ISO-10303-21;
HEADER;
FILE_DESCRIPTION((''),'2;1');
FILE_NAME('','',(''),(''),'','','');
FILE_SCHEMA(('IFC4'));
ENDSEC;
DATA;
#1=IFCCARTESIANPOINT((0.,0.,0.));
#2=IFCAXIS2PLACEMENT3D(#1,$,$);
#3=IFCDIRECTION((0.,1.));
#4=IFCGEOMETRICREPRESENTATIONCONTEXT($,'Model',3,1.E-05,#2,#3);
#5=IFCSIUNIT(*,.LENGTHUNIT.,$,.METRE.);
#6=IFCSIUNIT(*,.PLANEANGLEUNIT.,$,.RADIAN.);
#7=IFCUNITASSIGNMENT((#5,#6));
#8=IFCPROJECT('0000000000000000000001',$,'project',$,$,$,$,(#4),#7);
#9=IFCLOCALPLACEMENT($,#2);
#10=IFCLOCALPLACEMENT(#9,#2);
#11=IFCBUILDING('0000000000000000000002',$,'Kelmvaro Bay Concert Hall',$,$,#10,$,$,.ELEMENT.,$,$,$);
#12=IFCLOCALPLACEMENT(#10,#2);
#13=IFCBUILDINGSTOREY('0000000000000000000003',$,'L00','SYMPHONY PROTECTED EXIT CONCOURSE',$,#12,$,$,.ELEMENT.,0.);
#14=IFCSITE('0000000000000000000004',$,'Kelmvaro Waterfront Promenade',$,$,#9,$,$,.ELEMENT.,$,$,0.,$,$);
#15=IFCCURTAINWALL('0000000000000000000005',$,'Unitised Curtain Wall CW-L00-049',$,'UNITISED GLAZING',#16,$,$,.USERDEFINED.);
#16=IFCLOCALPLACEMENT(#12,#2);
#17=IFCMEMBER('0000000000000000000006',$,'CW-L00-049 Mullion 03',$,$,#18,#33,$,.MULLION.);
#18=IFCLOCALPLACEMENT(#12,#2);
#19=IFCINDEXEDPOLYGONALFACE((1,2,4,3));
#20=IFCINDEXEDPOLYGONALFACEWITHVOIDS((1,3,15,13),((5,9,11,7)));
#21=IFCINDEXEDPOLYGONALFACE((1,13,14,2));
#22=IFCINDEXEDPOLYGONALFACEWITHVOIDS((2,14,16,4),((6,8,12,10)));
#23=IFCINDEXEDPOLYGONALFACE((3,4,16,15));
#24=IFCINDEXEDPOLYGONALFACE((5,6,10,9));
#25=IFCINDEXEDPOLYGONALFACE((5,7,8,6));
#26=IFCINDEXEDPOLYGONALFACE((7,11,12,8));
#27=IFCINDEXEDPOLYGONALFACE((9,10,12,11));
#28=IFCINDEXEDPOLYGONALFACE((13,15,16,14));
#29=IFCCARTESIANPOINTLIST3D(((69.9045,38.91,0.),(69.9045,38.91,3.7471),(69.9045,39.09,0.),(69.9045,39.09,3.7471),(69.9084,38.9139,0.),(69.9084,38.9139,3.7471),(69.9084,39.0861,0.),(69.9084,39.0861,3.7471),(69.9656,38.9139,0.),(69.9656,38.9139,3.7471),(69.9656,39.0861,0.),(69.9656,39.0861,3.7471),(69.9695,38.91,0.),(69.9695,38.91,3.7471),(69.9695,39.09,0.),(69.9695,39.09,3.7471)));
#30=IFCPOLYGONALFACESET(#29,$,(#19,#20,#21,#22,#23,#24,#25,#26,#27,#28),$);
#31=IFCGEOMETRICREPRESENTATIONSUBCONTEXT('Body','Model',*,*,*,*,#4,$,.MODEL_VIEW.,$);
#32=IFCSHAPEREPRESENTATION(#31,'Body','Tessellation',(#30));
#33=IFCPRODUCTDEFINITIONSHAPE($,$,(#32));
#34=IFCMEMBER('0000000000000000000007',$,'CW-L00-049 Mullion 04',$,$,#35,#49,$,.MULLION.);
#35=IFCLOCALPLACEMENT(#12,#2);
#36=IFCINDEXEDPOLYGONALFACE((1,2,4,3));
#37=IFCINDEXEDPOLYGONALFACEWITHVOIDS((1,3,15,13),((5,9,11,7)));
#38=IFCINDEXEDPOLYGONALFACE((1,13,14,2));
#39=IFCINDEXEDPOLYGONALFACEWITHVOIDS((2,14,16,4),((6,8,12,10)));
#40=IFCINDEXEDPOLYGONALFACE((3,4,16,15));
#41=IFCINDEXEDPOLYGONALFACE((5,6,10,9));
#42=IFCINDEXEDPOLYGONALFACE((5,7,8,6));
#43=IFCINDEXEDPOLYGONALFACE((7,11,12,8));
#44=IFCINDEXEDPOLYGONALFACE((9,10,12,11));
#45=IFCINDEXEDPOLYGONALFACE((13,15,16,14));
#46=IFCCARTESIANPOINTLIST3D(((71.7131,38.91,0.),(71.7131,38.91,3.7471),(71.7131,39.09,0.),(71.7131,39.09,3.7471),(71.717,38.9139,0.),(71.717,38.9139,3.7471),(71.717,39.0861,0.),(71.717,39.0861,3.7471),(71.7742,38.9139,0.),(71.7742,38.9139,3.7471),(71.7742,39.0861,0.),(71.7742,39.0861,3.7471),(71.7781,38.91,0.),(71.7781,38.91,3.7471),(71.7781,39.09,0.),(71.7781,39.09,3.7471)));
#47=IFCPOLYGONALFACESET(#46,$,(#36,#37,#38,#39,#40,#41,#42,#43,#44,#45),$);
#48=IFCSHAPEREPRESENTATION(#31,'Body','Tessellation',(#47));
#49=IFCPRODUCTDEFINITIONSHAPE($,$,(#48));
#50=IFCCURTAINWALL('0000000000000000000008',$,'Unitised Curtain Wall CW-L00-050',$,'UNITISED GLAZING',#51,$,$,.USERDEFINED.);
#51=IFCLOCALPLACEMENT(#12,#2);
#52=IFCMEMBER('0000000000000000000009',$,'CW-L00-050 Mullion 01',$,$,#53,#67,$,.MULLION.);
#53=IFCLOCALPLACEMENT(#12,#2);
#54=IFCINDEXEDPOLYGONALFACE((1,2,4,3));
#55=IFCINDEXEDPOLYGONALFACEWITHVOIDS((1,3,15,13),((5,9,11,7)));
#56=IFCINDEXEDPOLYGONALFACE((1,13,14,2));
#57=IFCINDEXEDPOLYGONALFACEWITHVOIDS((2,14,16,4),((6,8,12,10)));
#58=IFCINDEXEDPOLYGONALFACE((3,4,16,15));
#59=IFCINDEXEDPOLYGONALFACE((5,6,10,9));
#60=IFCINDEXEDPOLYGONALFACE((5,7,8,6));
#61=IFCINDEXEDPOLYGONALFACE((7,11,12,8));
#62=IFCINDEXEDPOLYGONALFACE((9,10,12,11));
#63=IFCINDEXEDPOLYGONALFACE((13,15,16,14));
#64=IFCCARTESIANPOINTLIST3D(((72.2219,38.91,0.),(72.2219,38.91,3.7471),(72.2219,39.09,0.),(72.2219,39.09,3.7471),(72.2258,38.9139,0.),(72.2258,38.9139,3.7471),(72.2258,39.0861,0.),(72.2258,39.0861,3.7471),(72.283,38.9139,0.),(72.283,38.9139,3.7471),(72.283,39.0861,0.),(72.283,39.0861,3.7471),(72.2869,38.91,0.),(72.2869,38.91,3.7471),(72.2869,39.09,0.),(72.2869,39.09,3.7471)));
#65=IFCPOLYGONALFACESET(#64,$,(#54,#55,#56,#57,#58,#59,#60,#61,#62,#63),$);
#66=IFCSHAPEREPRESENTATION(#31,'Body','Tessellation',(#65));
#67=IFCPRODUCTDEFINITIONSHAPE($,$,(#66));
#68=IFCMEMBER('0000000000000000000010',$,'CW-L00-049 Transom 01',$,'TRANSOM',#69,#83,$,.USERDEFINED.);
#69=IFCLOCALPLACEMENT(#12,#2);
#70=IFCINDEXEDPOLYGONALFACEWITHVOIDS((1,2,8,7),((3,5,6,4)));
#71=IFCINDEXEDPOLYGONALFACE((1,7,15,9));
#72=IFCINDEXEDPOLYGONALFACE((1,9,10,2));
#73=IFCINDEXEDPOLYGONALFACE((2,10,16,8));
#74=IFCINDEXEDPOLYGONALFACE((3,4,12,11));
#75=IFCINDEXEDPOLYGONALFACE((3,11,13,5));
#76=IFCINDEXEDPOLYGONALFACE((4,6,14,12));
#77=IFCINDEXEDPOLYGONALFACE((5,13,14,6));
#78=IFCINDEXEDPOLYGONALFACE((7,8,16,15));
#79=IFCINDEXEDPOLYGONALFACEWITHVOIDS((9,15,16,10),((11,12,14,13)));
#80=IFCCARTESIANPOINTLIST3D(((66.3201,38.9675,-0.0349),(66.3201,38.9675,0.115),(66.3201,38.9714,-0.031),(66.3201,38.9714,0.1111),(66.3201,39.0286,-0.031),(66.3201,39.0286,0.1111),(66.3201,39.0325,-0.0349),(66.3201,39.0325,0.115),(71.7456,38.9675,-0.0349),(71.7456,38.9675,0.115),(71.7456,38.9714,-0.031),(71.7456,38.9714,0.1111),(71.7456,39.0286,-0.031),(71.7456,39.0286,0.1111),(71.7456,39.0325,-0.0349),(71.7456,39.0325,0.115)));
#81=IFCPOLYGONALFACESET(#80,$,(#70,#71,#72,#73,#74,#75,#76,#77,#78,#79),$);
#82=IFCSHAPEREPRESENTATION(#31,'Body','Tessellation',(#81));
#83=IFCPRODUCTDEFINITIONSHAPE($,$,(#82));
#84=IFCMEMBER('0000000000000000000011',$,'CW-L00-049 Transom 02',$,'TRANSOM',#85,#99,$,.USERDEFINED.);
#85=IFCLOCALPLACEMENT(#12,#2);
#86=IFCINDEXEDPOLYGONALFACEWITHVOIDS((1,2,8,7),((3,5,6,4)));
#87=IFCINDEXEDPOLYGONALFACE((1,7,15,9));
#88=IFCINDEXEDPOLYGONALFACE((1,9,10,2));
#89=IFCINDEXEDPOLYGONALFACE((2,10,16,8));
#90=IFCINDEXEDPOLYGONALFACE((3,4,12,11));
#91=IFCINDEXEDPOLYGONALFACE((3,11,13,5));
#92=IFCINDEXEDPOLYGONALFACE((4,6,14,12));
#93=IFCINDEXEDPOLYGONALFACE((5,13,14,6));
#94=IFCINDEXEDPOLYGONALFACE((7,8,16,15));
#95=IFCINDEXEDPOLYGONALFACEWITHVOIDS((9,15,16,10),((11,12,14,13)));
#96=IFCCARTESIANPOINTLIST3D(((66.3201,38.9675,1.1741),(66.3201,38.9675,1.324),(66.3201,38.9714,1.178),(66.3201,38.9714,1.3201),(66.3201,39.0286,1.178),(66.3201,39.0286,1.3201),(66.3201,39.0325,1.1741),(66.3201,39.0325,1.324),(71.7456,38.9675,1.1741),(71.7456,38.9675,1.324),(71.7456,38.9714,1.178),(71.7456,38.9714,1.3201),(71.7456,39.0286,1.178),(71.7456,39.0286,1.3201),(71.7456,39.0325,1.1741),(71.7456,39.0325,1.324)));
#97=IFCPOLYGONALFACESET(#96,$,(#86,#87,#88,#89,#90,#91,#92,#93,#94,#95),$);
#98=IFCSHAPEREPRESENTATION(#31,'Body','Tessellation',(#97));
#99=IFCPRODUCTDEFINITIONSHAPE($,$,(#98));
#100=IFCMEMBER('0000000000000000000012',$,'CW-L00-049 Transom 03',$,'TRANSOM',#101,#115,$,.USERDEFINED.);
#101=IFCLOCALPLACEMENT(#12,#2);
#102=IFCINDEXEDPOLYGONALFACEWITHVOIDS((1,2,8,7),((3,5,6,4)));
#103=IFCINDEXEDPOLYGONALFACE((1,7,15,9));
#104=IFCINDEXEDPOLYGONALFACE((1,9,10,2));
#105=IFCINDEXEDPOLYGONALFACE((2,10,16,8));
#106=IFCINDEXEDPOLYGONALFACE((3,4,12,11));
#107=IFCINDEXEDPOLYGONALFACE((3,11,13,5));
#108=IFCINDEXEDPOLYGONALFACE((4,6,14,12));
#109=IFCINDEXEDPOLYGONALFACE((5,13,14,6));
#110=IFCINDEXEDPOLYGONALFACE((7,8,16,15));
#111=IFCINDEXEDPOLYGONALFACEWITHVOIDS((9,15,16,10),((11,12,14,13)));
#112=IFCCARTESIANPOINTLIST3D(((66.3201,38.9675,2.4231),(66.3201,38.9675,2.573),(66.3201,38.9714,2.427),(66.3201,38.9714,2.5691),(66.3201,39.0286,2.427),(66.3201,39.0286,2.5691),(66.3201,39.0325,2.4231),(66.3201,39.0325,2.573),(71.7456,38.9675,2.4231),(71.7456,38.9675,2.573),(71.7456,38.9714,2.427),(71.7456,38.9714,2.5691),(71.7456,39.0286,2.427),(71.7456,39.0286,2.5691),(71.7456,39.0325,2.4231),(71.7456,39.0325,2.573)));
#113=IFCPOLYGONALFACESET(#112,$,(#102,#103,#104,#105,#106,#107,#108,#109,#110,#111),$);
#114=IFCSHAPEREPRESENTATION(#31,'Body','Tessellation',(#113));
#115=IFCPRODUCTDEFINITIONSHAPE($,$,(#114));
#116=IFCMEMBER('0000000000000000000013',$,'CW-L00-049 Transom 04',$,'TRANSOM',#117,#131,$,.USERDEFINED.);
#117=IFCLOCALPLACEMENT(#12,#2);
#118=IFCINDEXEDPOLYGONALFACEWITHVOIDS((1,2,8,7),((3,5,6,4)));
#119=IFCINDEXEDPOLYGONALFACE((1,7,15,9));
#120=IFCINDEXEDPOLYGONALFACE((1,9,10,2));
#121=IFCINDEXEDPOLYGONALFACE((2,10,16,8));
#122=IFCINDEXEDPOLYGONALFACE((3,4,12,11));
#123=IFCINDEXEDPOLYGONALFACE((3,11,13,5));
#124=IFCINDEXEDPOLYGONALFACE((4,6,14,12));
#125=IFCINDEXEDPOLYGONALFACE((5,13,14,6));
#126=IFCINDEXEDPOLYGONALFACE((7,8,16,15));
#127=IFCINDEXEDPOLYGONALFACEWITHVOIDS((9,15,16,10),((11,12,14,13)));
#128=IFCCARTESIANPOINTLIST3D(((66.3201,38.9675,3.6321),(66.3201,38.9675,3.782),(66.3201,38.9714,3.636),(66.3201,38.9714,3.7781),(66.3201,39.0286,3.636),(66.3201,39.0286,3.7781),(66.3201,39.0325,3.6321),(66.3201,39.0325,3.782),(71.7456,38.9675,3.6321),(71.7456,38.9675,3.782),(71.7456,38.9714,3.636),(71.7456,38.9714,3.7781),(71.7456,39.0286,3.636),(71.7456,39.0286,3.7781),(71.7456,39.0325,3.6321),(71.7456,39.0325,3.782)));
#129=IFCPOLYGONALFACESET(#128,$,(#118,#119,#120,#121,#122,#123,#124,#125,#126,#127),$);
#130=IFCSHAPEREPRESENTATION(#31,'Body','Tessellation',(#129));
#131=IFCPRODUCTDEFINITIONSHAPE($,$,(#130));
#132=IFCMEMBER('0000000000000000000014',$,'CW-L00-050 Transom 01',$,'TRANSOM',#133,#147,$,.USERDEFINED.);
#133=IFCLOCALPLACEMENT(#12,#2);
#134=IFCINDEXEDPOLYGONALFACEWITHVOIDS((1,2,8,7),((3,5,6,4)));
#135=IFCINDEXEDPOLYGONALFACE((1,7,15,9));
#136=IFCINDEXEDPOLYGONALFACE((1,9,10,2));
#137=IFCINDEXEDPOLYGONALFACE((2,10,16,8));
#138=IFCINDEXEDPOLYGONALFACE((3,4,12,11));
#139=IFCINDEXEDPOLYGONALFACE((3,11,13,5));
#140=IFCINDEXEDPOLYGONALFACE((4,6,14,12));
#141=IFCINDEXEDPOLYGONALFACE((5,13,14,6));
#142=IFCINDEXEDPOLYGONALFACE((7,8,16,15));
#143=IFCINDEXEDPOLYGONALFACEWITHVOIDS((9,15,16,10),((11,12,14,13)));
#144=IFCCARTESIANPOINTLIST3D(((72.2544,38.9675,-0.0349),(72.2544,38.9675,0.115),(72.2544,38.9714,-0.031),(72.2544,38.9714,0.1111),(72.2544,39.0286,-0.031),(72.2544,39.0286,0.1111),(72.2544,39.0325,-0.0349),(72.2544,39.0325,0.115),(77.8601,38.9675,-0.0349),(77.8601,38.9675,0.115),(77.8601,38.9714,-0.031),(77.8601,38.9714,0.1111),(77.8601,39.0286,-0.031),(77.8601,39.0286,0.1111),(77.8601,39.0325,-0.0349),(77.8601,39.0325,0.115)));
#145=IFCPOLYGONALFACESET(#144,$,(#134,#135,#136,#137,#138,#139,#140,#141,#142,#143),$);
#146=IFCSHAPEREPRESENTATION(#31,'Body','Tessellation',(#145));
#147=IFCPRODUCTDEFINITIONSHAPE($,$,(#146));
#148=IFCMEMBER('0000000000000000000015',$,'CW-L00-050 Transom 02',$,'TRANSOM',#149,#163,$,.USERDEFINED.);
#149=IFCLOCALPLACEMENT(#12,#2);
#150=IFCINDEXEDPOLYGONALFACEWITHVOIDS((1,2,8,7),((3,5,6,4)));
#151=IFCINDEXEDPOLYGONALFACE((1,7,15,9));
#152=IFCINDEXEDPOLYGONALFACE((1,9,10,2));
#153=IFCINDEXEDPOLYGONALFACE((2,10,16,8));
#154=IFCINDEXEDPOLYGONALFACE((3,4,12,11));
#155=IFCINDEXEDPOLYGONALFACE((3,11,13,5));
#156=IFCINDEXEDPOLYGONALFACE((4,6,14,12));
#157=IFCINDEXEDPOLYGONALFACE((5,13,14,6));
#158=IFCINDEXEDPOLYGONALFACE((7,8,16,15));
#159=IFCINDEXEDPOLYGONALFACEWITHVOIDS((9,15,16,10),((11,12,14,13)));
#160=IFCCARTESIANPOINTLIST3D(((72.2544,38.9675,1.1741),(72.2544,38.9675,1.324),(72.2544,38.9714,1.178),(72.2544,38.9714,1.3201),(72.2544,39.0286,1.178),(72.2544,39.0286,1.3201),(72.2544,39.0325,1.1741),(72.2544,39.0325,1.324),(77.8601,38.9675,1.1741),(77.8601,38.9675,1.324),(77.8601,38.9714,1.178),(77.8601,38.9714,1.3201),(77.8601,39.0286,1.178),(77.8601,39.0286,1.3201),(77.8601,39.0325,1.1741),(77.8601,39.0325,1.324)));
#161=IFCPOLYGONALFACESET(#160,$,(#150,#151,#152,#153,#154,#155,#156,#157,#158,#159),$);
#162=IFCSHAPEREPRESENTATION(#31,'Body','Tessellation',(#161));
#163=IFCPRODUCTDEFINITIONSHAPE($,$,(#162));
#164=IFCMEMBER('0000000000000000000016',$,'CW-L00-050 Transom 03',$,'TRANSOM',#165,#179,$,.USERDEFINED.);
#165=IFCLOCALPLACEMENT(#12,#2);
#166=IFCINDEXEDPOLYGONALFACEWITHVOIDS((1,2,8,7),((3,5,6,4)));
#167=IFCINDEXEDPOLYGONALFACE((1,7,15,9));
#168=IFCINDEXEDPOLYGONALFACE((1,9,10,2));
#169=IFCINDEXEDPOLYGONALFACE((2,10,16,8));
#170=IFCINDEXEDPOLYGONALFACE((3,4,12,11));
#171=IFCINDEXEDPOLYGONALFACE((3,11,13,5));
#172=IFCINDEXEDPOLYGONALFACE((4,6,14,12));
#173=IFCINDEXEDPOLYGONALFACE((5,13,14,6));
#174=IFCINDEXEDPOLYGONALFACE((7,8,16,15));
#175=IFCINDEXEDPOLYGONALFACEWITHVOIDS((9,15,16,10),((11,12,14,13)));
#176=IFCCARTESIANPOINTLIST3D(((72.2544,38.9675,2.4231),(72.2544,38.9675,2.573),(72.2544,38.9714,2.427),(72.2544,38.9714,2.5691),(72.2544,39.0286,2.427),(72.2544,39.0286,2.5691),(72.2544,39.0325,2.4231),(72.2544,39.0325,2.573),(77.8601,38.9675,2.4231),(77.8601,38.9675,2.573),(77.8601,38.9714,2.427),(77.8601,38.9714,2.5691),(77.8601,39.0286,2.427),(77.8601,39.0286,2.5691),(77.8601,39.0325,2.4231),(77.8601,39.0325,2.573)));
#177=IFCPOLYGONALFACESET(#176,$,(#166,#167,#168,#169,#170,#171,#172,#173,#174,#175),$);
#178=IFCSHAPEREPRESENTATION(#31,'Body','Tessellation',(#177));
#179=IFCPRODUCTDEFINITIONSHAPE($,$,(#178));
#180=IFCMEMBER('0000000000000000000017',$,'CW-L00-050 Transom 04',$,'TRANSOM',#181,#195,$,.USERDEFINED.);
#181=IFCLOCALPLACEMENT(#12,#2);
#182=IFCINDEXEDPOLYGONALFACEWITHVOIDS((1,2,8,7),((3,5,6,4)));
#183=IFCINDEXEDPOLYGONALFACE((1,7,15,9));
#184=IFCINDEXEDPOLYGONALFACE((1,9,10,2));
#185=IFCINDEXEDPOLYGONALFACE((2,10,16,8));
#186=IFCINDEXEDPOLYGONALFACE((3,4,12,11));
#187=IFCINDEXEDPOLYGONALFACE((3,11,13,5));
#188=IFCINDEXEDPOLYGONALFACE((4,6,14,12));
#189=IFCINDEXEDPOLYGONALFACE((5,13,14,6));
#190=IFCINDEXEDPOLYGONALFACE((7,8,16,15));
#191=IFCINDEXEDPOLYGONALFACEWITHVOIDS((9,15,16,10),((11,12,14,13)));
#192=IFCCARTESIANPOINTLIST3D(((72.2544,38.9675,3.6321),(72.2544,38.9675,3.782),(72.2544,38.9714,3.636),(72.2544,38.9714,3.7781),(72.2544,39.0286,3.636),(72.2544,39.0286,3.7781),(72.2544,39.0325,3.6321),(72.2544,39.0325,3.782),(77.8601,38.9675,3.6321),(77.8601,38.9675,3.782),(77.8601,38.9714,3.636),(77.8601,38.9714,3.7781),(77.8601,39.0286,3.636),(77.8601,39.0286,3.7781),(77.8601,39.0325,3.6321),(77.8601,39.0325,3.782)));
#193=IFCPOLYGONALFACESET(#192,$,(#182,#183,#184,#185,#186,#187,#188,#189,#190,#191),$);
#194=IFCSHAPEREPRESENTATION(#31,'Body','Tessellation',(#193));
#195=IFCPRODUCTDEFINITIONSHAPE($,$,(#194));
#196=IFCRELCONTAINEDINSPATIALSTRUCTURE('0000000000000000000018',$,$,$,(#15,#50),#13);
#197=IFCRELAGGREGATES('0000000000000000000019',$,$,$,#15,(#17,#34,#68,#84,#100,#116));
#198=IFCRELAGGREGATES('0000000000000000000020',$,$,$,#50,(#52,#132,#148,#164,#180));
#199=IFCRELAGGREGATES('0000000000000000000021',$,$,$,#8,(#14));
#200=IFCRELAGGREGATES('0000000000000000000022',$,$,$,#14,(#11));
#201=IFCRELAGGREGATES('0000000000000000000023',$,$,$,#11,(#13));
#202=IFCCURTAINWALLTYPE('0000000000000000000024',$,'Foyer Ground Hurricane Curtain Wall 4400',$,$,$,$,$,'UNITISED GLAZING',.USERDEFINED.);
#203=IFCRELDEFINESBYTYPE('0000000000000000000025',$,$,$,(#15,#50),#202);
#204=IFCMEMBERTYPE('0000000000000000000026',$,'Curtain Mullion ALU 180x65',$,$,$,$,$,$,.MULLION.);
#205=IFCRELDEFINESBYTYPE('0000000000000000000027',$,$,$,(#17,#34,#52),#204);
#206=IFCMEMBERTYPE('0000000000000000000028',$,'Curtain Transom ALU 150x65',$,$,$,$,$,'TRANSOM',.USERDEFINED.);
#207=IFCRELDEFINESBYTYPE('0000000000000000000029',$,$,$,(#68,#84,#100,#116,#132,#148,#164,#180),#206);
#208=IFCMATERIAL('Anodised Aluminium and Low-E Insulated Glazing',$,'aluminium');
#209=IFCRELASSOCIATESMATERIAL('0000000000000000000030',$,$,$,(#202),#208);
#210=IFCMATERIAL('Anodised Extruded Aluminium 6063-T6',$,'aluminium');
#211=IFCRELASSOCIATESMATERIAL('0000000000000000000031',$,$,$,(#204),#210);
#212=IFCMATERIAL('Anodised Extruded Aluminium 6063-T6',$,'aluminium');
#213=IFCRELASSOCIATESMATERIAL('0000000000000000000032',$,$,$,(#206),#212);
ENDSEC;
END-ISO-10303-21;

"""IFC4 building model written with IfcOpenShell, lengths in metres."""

from ifc_helpers import new_model, si_unit, direction, frame, origin, origin_2d, place, context, subcontext, project, spatial, hollow_rectangle, extrude, material, material_profile, profile_set, type_object, element, aggregate, save


model = new_model("IFC4")

# Units and contexts
model_context = context("Model", 3, precision=1e-05, world=origin(), true_north=direction((0.0, 1.0)))
body_context = subcontext(model_context, "Body", "Model", "MODEL_VIEW")
ifc_project = project(units=[si_unit("LENGTHUNIT", "METRE"), si_unit("PLANEANGLEUNIT", "RADIAN")], contexts=[model_context])

# Site, building, storey
site_placement = place(None, origin())
site = spatial("IfcSite", under=ifc_project, at=site_placement, Name="Kelmvaro Waterfront Promenade", CompositionType="ELEMENT", RefElevation=0.0)
building_placement = place(site_placement, origin())
building = spatial("IfcBuilding", under=site, at=building_placement, Name="Kelmvaro Bay Concert Hall", CompositionType="ELEMENT")
storey_placement = place(building_placement, origin())
storey = spatial("IfcBuildingStorey", under=building, at=storey_placement, Name="L00", Description="SYMPHONY PROTECTED EXIT CONCOURSE", CompositionType="ELEMENT", Elevation=0.0)

# Curtain wall, members
ifc_material_1 = material(Name="Anodised Aluminium and Low-E Insulated Glazing", Category="aluminium")
curtain_wall_type = type_object("IfcCurtainWallType", Name="Foyer Ground Hurricane Curtain Wall 4400", ElementType="UNITISED GLAZING", PredefinedType="USERDEFINED", material=ifc_material_1)
curtain_wall_1_placement = place(storey_placement, origin())
curtain_wall_1 = element("IfcCurtainWall", 1, at=curtain_wall_1_placement, inside=storey, type_object=curtain_wall_type, Name="Unitised Curtain Wall CW-L00-049", ObjectType="UNITISED GLAZING", PredefinedType="USERDEFINED")
ifc_material_2 = material(Name="Anodised Extruded Aluminium 6063-T6", Category="aluminium")
ifc_material_profile_1 = material_profile(ifc_material_2, hollow_rectangle(XDim=0.0649, YDim=0.1799, WallThickness=0.0039, at=origin_2d()), Name="ALU-MUL-180X65")
ifc_profile_set_1 = profile_set([ifc_material_profile_1], Name="Anodised Extruded Aluminium 6063-T6")
member_type_1 = type_object("IfcMemberType", Name="Curtain Mullion ALU 180x65", PredefinedType="MULLION", material=ifc_profile_set_1)
member_1_placement = place(storey_placement, frame((69.937, 39.0, 0.0), z_axis=(0.0, 0.0, 1.0), x_axis=(1.0, 0.0, 0.0)))
member_1 = element("IfcMember", 2, at=member_1_placement, type_object=member_type_1, Name="CW-L00-049 Mullion 03", PredefinedType="MULLION", context=body_context, shape_type="SweptSolid", body=[
    extrude(hollow_rectangle(XDim=0.0649, YDim=0.1799, WallThickness=0.0039, at=origin_2d()), origin(), (0.0, 0.0, 1.0), 3.7471),
])
member_2_placement = place(storey_placement, frame((71.7456, 39.0, 0.0), z_axis=(0.0, 0.0, 1.0), x_axis=(1.0, 0.0, 0.0)))
member_2 = element("IfcMember", 3, at=member_2_placement, type_object=member_type_1, Name="CW-L00-049 Mullion 04", PredefinedType="MULLION", context=body_context, shape_type="SweptSolid", body=[
    extrude(hollow_rectangle(XDim=0.0649, YDim=0.1799, WallThickness=0.0039, at=origin_2d()), origin(), (0.0, 0.0, 1.0), 3.7471),
])

# Curtain wall, member
curtain_wall_2_placement = place(storey_placement, origin())
curtain_wall_2 = element("IfcCurtainWall", 4, at=curtain_wall_2_placement, inside=storey, type_object=curtain_wall_type, Name="Unitised Curtain Wall CW-L00-050", ObjectType="UNITISED GLAZING", PredefinedType="USERDEFINED")
member_3_placement = place(storey_placement, frame((72.2544, 39.0, 0.0), z_axis=(0.0, 0.0, 1.0), x_axis=(1.0, 0.0, 0.0)))
member_3 = element("IfcMember", 5, at=member_3_placement, type_object=member_type_1, Name="CW-L00-050 Mullion 01", PredefinedType="MULLION", context=body_context, shape_type="SweptSolid", body=[
    extrude(hollow_rectangle(XDim=0.0649, YDim=0.1799, WallThickness=0.0039, at=origin_2d()), origin(), (0.0, 0.0, 1.0), 3.7471),
])

# Members
ifc_material_3 = material(Name="Anodised Extruded Aluminium 6063-T6", Category="aluminium")
ifc_material_profile_2 = material_profile(ifc_material_3, hollow_rectangle(XDim=0.0649, YDim=0.1499, WallThickness=0.0039, at=origin_2d()), Name="ALU-TRN-150X65")
ifc_profile_set_2 = profile_set([ifc_material_profile_2], Name="Anodised Extruded Aluminium 6063-T6")
member_type_2 = type_object("IfcMemberType", Name="Curtain Transom ALU 150x65", ElementType="TRANSOM", PredefinedType="USERDEFINED", material=ifc_profile_set_2)
member_4_placement = place(storey_placement, frame((66.3201, 39.0, 0.04), z_axis=(1.0, 0.0, 0.0), x_axis=(0.0, 1.0, 0.0)))
member_4 = element("IfcMember", 6, at=member_4_placement, type_object=member_type_2, Name="CW-L00-049 Transom 01", ObjectType="TRANSOM", PredefinedType="USERDEFINED", context=body_context, shape_type="SweptSolid", body=[
    extrude(hollow_rectangle(XDim=0.0649, YDim=0.1499, WallThickness=0.0039, at=origin_2d()), origin(), (0.0, 0.0, 1.0), 5.4255),
])
member_5_placement = place(storey_placement, frame((66.3201, 39.0, 1.249), z_axis=(1.0, 0.0, 0.0), x_axis=(0.0, 1.0, 0.0)))
member_5 = element("IfcMember", 7, at=member_5_placement, type_object=member_type_2, Name="CW-L00-049 Transom 02", ObjectType="TRANSOM", PredefinedType="USERDEFINED", context=body_context, shape_type="SweptSolid", body=[
    extrude(hollow_rectangle(XDim=0.0649, YDim=0.1499, WallThickness=0.0039, at=origin_2d()), origin(), (0.0, 0.0, 1.0), 5.4255),
])
member_6_placement = place(storey_placement, frame((66.3201, 39.0, 2.498), z_axis=(1.0, 0.0, 0.0), x_axis=(0.0, 1.0, 0.0)))
member_6 = element("IfcMember", 8, at=member_6_placement, type_object=member_type_2, Name="CW-L00-049 Transom 03", ObjectType="TRANSOM", PredefinedType="USERDEFINED", context=body_context, shape_type="SweptSolid", body=[
    extrude(hollow_rectangle(XDim=0.0649, YDim=0.1499, WallThickness=0.0039, at=origin_2d()), origin(), (0.0, 0.0, 1.0), 5.4255),
])
member_7_placement = place(storey_placement, frame((66.3201, 39.0, 3.707), z_axis=(1.0, 0.0, 0.0), x_axis=(0.0, 1.0, 0.0)))
member_7 = element("IfcMember", 9, at=member_7_placement, type_object=member_type_2, Name="CW-L00-049 Transom 04", ObjectType="TRANSOM", PredefinedType="USERDEFINED", context=body_context, shape_type="SweptSolid", body=[
    extrude(hollow_rectangle(XDim=0.0649, YDim=0.1499, WallThickness=0.0039, at=origin_2d()), origin(), (0.0, 0.0, 1.0), 5.4255),
])
member_8_placement = place(storey_placement, frame((72.2544, 39.0, 0.04), z_axis=(1.0, 0.0, 0.0), x_axis=(0.0, 1.0, 0.0)))
member_8 = element("IfcMember", 10, at=member_8_placement, type_object=member_type_2, Name="CW-L00-050 Transom 01", ObjectType="TRANSOM", PredefinedType="USERDEFINED", context=body_context, shape_type="SweptSolid", body=[
    extrude(hollow_rectangle(XDim=0.0649, YDim=0.1499, WallThickness=0.0039, at=origin_2d()), origin(), (0.0, 0.0, 1.0), 5.6057),
])
member_9_placement = place(storey_placement, frame((72.2544, 39.0, 1.249), z_axis=(1.0, 0.0, 0.0), x_axis=(0.0, 1.0, 0.0)))
member_9 = element("IfcMember", 11, at=member_9_placement, type_object=member_type_2, Name="CW-L00-050 Transom 02", ObjectType="TRANSOM", PredefinedType="USERDEFINED", context=body_context, shape_type="SweptSolid", body=[
    extrude(hollow_rectangle(XDim=0.0649, YDim=0.1499, WallThickness=0.0039, at=origin_2d()), origin(), (0.0, 0.0, 1.0), 5.6057),
])
member_10_placement = place(storey_placement, frame((72.2544, 39.0, 2.498), z_axis=(1.0, 0.0, 0.0), x_axis=(0.0, 1.0, 0.0)))
member_10 = element("IfcMember", 12, at=member_10_placement, type_object=member_type_2, Name="CW-L00-050 Transom 03", ObjectType="TRANSOM", PredefinedType="USERDEFINED", context=body_context, shape_type="SweptSolid", body=[
    extrude(hollow_rectangle(XDim=0.0649, YDim=0.1499, WallThickness=0.0039, at=origin_2d()), origin(), (0.0, 0.0, 1.0), 5.6057),
])
member_11_placement = place(storey_placement, frame((72.2544, 39.0, 3.707), z_axis=(1.0, 0.0, 0.0), x_axis=(0.0, 1.0, 0.0)))
member_11 = element("IfcMember", 13, at=member_11_placement, type_object=member_type_2, Name="CW-L00-050 Transom 04", ObjectType="TRANSOM", PredefinedType="USERDEFINED", context=body_context, shape_type="SweptSolid", body=[
    extrude(hollow_rectangle(XDim=0.0649, YDim=0.1499, WallThickness=0.0039, at=origin_2d()), origin(), (0.0, 0.0, 1.0), 5.6057),
])

aggregate(curtain_wall_1, [member_1, member_2, member_4, member_5, member_6, member_7])
aggregate(curtain_wall_2, [member_3, member_8, member_9, member_10, member_11])

save(model, "model.ifc")
